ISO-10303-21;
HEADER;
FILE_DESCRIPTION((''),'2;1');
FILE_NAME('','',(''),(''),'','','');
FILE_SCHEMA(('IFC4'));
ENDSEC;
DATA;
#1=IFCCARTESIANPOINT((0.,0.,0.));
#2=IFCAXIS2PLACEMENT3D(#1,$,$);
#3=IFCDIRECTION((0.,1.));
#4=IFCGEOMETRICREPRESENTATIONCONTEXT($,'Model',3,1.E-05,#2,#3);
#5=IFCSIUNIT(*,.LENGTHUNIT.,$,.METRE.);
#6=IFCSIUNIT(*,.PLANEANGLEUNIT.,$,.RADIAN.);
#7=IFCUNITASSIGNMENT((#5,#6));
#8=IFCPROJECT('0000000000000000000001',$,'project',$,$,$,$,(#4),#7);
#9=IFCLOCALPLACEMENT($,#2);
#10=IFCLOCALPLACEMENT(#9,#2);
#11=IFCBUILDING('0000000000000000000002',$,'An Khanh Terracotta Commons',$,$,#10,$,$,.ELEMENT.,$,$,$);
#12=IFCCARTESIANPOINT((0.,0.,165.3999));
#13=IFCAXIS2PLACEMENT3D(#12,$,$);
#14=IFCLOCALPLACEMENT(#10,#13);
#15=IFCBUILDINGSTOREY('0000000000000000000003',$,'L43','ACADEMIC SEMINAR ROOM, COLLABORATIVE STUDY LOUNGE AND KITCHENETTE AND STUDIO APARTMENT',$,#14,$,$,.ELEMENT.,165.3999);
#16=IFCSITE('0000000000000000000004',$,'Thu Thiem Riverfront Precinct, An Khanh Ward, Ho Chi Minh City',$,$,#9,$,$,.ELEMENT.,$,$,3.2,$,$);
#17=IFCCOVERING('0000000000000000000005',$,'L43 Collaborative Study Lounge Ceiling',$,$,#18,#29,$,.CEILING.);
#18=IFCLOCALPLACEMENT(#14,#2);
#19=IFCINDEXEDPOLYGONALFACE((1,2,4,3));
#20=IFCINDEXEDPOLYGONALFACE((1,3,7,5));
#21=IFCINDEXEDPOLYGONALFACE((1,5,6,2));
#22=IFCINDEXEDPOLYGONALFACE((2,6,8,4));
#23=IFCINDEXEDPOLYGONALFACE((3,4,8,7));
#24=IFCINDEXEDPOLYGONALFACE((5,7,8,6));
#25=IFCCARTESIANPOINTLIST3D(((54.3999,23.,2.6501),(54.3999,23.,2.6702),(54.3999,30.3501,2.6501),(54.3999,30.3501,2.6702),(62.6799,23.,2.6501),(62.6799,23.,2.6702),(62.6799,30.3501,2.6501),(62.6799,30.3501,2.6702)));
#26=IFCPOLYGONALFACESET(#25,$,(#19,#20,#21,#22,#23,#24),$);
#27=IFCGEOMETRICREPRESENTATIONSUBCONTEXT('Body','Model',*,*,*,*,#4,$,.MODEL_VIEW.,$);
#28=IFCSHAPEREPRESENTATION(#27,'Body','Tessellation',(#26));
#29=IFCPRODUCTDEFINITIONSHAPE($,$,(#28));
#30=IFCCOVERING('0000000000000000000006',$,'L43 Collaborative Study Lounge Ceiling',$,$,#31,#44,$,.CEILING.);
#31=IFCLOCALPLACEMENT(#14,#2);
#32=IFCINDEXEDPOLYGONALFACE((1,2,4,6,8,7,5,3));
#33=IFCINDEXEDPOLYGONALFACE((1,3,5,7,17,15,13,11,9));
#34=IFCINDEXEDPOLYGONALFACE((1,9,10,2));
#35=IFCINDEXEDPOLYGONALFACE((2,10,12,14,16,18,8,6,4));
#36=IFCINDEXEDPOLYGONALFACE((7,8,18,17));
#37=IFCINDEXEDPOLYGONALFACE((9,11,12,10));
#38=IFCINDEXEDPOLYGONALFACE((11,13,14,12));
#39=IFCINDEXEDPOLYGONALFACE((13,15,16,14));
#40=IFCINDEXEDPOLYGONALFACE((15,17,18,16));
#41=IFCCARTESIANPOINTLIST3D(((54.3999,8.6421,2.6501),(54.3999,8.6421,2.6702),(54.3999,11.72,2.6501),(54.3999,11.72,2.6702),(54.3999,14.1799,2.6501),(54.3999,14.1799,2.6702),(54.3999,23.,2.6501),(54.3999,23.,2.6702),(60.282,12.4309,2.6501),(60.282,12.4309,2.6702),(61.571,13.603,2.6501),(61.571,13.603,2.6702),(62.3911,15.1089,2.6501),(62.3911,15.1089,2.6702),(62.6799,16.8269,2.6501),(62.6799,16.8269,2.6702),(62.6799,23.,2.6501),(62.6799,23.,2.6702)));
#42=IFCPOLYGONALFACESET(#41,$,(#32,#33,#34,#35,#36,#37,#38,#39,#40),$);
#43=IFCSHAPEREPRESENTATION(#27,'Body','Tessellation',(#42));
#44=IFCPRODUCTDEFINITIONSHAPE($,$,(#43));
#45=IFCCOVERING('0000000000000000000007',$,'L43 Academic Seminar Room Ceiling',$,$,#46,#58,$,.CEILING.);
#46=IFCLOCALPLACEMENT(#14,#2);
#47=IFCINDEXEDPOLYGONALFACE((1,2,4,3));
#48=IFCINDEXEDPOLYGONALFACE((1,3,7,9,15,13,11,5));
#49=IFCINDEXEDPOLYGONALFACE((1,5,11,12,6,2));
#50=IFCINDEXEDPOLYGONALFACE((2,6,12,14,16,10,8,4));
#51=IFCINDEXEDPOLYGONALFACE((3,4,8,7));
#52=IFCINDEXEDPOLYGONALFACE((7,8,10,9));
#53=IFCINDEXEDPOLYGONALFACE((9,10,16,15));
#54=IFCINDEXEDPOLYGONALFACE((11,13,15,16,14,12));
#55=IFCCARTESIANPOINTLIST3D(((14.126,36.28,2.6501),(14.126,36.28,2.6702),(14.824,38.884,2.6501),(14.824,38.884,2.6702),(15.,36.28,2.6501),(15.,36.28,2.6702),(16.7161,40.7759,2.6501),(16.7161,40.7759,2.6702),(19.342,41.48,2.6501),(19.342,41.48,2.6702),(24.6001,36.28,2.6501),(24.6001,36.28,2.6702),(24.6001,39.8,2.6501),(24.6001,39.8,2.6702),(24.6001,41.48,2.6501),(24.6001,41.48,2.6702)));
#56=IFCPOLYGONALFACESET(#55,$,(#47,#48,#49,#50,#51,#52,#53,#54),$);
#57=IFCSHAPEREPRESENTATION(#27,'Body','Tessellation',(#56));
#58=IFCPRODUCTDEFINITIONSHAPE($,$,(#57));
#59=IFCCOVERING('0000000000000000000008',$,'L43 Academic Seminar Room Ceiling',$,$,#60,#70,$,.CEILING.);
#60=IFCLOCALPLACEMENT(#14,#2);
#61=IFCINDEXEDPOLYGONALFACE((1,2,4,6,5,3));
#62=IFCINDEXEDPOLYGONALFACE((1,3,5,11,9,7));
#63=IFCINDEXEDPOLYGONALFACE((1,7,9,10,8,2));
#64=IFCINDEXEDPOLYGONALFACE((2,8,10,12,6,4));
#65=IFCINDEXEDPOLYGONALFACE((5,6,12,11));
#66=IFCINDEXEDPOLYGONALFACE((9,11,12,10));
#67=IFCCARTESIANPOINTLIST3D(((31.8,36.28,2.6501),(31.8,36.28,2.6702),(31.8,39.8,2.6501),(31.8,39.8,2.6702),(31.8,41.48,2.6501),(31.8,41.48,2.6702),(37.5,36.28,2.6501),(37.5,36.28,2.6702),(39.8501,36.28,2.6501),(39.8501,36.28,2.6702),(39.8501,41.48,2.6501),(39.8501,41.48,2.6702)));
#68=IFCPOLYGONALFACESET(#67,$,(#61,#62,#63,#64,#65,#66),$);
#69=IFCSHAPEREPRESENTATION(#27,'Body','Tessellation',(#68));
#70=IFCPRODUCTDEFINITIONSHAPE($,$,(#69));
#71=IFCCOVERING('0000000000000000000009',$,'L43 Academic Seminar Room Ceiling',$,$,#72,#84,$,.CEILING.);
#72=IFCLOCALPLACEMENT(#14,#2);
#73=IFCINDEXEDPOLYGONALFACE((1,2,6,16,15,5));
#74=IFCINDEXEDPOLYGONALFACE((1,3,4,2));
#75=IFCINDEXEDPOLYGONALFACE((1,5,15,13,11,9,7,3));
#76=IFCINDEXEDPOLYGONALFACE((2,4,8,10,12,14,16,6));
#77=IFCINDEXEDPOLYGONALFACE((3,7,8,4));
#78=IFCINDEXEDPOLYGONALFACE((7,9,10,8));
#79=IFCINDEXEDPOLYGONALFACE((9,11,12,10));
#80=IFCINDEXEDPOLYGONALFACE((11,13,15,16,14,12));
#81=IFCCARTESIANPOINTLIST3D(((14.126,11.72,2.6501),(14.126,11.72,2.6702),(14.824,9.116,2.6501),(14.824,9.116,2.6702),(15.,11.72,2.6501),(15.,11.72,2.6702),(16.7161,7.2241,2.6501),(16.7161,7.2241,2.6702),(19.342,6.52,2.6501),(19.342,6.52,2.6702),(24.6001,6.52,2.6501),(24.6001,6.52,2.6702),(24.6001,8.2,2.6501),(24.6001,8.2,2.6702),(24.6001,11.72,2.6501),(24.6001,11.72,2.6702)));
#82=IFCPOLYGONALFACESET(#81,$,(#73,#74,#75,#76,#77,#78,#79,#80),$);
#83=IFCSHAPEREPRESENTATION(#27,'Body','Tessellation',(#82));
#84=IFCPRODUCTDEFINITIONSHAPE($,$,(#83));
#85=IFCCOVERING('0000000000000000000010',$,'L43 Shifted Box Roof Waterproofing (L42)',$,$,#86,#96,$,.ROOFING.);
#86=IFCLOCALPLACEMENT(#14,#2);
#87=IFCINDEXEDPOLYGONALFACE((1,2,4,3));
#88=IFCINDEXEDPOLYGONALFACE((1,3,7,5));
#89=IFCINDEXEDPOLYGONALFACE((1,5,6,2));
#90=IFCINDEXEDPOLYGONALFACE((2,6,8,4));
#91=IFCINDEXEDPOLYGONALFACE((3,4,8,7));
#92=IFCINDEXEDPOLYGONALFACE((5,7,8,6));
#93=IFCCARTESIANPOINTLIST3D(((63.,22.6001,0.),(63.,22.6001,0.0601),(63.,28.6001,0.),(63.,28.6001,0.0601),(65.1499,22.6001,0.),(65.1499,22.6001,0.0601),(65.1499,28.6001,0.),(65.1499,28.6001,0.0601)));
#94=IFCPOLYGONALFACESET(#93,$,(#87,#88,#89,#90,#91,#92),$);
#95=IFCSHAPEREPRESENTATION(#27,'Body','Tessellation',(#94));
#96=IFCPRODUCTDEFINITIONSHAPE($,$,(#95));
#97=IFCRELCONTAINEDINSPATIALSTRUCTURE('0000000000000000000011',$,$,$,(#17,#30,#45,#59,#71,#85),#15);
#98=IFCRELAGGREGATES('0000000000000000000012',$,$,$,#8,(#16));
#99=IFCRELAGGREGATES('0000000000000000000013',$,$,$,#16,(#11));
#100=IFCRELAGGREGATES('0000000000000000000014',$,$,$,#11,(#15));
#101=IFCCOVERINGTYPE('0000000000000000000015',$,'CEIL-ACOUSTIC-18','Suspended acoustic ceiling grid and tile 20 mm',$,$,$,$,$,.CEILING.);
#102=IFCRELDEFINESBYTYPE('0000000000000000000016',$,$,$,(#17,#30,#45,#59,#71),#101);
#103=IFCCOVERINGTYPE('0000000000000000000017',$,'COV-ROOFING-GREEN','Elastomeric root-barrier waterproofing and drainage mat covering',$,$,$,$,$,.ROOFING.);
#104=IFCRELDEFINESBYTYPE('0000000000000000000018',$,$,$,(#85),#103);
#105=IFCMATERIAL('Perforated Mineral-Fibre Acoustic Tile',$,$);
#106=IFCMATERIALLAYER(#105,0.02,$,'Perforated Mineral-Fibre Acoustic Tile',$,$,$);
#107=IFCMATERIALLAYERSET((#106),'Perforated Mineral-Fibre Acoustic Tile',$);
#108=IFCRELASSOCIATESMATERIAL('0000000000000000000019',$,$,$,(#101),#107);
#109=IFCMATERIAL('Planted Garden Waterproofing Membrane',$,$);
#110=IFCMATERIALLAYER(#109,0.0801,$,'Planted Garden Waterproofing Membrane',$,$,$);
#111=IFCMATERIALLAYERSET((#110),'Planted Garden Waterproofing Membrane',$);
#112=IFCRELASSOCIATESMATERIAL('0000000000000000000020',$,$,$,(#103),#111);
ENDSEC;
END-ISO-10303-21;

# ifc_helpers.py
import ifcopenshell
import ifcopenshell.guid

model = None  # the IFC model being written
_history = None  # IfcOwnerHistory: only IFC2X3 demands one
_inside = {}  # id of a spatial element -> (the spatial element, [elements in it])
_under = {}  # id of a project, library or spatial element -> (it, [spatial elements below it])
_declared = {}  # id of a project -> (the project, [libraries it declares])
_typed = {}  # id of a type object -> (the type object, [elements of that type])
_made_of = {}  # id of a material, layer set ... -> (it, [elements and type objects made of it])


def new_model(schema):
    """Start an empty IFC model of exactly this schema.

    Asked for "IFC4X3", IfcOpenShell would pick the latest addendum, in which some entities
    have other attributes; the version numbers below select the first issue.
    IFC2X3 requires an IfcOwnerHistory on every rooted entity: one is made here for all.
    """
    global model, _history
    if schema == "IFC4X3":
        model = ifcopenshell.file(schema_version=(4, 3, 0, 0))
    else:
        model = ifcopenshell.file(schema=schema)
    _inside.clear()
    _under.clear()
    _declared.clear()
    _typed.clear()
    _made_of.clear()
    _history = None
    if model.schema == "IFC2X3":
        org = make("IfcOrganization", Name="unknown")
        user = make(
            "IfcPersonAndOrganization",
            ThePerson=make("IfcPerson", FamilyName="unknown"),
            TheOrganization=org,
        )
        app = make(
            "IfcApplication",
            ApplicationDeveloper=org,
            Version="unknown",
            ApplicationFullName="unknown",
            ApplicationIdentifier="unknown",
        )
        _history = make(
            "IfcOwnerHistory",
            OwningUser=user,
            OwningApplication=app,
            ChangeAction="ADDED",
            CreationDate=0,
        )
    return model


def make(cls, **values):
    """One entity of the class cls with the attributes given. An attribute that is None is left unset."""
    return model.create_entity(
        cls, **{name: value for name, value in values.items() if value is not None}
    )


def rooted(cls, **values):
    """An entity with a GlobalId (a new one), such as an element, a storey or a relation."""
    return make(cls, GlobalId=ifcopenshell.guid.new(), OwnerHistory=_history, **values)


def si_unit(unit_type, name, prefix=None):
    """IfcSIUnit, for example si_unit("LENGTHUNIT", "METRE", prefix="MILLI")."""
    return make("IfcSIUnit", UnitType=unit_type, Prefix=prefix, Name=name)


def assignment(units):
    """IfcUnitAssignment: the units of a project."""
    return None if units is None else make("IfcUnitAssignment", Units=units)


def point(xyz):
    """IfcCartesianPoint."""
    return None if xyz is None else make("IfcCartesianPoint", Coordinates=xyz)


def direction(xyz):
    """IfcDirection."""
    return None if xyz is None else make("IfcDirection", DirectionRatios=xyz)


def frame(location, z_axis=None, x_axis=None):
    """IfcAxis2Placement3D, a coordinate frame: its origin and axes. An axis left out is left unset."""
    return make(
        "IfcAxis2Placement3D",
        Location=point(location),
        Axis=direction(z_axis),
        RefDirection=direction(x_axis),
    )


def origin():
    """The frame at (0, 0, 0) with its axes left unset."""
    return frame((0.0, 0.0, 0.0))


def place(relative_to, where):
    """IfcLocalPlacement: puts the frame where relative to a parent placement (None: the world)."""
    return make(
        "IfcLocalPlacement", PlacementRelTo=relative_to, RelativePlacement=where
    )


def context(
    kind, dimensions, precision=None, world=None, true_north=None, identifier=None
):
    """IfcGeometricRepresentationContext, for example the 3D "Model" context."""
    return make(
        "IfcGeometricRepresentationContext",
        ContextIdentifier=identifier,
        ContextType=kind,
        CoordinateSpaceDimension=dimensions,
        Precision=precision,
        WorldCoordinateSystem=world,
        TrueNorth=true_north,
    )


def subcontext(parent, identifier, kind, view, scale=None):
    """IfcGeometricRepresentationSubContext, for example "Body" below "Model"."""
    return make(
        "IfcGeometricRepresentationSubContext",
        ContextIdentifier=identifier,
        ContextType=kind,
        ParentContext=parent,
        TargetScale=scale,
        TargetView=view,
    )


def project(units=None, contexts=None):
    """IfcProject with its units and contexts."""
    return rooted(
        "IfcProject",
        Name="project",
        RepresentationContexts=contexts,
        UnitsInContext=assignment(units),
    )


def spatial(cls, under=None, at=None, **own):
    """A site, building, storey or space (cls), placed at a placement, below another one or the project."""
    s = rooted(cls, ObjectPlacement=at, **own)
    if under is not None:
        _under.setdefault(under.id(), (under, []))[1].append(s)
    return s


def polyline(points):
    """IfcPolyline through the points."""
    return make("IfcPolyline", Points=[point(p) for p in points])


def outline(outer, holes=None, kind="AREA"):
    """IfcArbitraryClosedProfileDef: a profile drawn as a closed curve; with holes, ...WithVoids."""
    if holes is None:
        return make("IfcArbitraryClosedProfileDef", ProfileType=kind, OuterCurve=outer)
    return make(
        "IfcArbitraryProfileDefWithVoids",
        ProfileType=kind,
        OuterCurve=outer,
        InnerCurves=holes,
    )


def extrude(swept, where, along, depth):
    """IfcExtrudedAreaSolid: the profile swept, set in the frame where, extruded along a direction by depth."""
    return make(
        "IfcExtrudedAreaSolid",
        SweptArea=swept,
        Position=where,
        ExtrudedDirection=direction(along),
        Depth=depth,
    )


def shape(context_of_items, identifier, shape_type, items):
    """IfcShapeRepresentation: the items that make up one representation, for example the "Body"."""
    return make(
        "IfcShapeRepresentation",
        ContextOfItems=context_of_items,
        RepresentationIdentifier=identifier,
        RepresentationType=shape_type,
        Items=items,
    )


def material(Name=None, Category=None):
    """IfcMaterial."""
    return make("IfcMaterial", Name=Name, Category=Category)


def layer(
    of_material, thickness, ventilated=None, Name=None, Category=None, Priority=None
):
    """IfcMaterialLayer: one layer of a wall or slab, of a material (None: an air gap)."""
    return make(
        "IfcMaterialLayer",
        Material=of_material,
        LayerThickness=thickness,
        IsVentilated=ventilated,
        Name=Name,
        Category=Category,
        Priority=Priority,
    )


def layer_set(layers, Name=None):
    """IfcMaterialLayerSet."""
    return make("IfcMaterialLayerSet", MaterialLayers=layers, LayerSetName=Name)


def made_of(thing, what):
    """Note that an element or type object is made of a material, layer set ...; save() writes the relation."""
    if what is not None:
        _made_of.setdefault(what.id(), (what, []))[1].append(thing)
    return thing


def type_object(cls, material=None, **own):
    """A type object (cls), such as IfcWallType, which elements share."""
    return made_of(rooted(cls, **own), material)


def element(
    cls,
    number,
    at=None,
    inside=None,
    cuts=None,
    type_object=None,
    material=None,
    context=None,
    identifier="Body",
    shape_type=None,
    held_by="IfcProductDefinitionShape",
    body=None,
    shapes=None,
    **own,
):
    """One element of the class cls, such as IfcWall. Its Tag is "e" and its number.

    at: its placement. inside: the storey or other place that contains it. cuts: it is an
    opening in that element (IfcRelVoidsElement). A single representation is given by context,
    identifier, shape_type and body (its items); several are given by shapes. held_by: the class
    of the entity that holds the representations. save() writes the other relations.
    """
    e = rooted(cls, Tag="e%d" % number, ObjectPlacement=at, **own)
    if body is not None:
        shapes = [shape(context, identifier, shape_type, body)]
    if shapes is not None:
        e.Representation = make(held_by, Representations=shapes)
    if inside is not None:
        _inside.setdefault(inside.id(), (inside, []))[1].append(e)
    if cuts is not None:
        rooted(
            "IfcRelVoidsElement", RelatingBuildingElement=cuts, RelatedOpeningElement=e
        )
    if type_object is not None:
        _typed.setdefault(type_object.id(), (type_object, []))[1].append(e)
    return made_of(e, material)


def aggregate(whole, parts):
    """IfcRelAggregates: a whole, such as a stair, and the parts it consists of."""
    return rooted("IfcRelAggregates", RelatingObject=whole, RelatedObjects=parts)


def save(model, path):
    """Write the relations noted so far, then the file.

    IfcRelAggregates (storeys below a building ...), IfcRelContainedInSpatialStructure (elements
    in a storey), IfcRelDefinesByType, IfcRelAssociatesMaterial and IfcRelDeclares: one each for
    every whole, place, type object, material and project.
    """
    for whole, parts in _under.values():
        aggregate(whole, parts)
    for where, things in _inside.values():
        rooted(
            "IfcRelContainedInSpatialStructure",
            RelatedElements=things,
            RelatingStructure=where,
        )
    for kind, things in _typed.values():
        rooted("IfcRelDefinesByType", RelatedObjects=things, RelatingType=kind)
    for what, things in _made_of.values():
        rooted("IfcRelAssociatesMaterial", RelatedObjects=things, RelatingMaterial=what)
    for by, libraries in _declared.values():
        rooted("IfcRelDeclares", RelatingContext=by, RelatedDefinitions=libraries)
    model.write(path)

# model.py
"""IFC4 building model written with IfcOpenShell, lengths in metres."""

from ifc_helpers import new_model, si_unit, direction, frame, origin, place, context, subcontext, project, spatial, polyline, outline, extrude, material, layer, layer_set, type_object, element, save


model = new_model("IFC4")

# Units and contexts
model_context = context("Model", 3, precision=1e-05, world=origin(), true_north=direction((0.0, 1.0)))
body_context = subcontext(model_context, "Body", "Model", "MODEL_VIEW")
ifc_project = project(units=[si_unit("LENGTHUNIT", "METRE"), si_unit("PLANEANGLEUNIT", "RADIAN")], contexts=[model_context])

# Site, building, storey
site_placement = place(None, origin())
site = spatial("IfcSite", under=ifc_project, at=site_placement, Name="Thu Thiem Riverfront Precinct, An Khanh Ward, Ho Chi Minh City", CompositionType="ELEMENT", RefElevation=3.2)
building_placement = place(site_placement, origin())
building = spatial("IfcBuilding", under=site, at=building_placement, Name="An Khanh Terracotta Commons", CompositionType="ELEMENT")
storey_placement = place(building_placement, frame((0.0, 0.0, 165.3999)))
storey = spatial("IfcBuildingStorey", under=building, at=storey_placement, Name="L43", Description="ACADEMIC SEMINAR ROOM, COLLABORATIVE STUDY LOUNGE AND KITCHENETTE AND STUDIO APARTMENT", CompositionType="ELEMENT", Elevation=165.3999)

# Coverings
ifc_material_1 = material(Name="Perforated Mineral-Fibre Acoustic Tile")
ifc_layer_1 = layer(ifc_material_1, 0.02, Name="Perforated Mineral-Fibre Acoustic Tile")
ifc_layer_set_1 = layer_set([ifc_layer_1], Name="Perforated Mineral-Fibre Acoustic Tile")
covering_type_1 = type_object("IfcCoveringType", Name="CEIL-ACOUSTIC-18", Description="Suspended acoustic ceiling grid and tile 20 mm", PredefinedType="CEILING", material=ifc_layer_set_1)
covering_1_placement = place(storey_placement, frame((0.0, 0.0, 2.6501)))
element("IfcCovering", 1, at=covering_1_placement, inside=storey, type_object=covering_type_1, Name="L43 Collaborative Study Lounge Ceiling", PredefinedType="CEILING", context=body_context, shape_type="SweptSolid", body=[
    extrude(outline(polyline([(62.6799, 23.0), (54.3999, 23.0), (54.3999, 30.3501), (62.6799, 30.3501), (62.6799, 23.0)])), origin(), (0.0, 0.0, 1.0), 0.02),
])
covering_2_placement = place(storey_placement, frame((0.0, 0.0, 2.6501)))
element("IfcCovering", 2, at=covering_2_placement, inside=storey, type_object=covering_type_1, Name="L43 Collaborative Study Lounge Ceiling", PredefinedType="CEILING", context=body_context, shape_type="SweptSolid", body=[
    extrude(outline(polyline([(62.6799, 16.8269), (62.3911, 15.1089), (61.571, 13.603), (60.282, 12.4309), (54.3999, 8.6421), (54.3999, 11.72), (54.3999, 14.1799), (54.3999, 23.0), (62.6799, 23.0), (62.6799, 16.8269)])), origin(), (0.0, 0.0, 1.0), 0.02),
])
covering_3_placement = place(storey_placement, frame((0.0, 0.0, 2.6501)))
element("IfcCovering", 3, at=covering_3_placement, inside=storey, type_object=covering_type_1, Name="L43 Academic Seminar Room Ceiling", PredefinedType="CEILING", context=body_context, shape_type="SweptSolid", body=[
    extrude(outline(polyline([(19.342, 41.48), (24.6001, 41.48), (24.6001, 39.8), (24.6001, 36.28), (15.0, 36.28), (14.126, 36.28), (14.824, 38.884), (16.7161, 40.7759), (19.342, 41.48)])), origin(), (0.0, 0.0, 1.0), 0.02),
])
covering_4_placement = place(storey_placement, frame((0.0, 0.0, 2.6501)))
element("IfcCovering", 4, at=covering_4_placement, inside=storey, type_object=covering_type_1, Name="L43 Academic Seminar Room Ceiling", PredefinedType="CEILING", context=body_context, shape_type="SweptSolid", body=[
    extrude(outline(polyline([(39.8501, 41.48), (39.8501, 36.28), (37.5, 36.28), (31.8, 36.28), (31.8, 39.8), (31.8, 41.48), (39.8501, 41.48)])), origin(), (0.0, 0.0, 1.0), 0.02),
])
covering_5_placement = place(storey_placement, frame((0.0, 0.0, 2.6501)))
element("IfcCovering", 5, at=covering_5_placement, inside=storey, type_object=covering_type_1, Name="L43 Academic Seminar Room Ceiling", PredefinedType="CEILING", context=body_context, shape_type="SweptSolid", body=[
    extrude(outline(polyline([(19.342, 6.52), (16.7161, 7.2241), (14.824, 9.116), (14.126, 11.72), (15.0, 11.72), (24.6001, 11.72), (24.6001, 8.2), (24.6001, 6.52), (19.342, 6.52)])), origin(), (0.0, 0.0, 1.0), 0.02),
])
ifc_material_2 = material(Name="Planted Garden Waterproofing Membrane")
ifc_layer_2 = layer(ifc_material_2, 0.0801, Name="Planted Garden Waterproofing Membrane")
ifc_layer_set_2 = layer_set([ifc_layer_2], Name="Planted Garden Waterproofing Membrane")
covering_type_2 = type_object("IfcCoveringType", Name="COV-ROOFING-GREEN", Description="Elastomeric root-barrier waterproofing and drainage mat covering", PredefinedType="ROOFING", material=ifc_layer_set_2)
covering_6_placement = place(storey_placement, origin())
element("IfcCovering", 6, at=covering_6_placement, inside=storey, type_object=covering_type_2, Name="L43 Shifted Box Roof Waterproofing (L42)", PredefinedType="ROOFING", context=body_context, shape_type="SweptSolid", body=[
    extrude(outline(polyline([(63.0, 22.6001), (65.1499, 22.6001), (65.1499, 28.6001), (63.0, 28.6001), (63.0, 22.6001)])), origin(), (0.0, 0.0, 1.0), 0.0601),
])

save(model, "model.ifc")
